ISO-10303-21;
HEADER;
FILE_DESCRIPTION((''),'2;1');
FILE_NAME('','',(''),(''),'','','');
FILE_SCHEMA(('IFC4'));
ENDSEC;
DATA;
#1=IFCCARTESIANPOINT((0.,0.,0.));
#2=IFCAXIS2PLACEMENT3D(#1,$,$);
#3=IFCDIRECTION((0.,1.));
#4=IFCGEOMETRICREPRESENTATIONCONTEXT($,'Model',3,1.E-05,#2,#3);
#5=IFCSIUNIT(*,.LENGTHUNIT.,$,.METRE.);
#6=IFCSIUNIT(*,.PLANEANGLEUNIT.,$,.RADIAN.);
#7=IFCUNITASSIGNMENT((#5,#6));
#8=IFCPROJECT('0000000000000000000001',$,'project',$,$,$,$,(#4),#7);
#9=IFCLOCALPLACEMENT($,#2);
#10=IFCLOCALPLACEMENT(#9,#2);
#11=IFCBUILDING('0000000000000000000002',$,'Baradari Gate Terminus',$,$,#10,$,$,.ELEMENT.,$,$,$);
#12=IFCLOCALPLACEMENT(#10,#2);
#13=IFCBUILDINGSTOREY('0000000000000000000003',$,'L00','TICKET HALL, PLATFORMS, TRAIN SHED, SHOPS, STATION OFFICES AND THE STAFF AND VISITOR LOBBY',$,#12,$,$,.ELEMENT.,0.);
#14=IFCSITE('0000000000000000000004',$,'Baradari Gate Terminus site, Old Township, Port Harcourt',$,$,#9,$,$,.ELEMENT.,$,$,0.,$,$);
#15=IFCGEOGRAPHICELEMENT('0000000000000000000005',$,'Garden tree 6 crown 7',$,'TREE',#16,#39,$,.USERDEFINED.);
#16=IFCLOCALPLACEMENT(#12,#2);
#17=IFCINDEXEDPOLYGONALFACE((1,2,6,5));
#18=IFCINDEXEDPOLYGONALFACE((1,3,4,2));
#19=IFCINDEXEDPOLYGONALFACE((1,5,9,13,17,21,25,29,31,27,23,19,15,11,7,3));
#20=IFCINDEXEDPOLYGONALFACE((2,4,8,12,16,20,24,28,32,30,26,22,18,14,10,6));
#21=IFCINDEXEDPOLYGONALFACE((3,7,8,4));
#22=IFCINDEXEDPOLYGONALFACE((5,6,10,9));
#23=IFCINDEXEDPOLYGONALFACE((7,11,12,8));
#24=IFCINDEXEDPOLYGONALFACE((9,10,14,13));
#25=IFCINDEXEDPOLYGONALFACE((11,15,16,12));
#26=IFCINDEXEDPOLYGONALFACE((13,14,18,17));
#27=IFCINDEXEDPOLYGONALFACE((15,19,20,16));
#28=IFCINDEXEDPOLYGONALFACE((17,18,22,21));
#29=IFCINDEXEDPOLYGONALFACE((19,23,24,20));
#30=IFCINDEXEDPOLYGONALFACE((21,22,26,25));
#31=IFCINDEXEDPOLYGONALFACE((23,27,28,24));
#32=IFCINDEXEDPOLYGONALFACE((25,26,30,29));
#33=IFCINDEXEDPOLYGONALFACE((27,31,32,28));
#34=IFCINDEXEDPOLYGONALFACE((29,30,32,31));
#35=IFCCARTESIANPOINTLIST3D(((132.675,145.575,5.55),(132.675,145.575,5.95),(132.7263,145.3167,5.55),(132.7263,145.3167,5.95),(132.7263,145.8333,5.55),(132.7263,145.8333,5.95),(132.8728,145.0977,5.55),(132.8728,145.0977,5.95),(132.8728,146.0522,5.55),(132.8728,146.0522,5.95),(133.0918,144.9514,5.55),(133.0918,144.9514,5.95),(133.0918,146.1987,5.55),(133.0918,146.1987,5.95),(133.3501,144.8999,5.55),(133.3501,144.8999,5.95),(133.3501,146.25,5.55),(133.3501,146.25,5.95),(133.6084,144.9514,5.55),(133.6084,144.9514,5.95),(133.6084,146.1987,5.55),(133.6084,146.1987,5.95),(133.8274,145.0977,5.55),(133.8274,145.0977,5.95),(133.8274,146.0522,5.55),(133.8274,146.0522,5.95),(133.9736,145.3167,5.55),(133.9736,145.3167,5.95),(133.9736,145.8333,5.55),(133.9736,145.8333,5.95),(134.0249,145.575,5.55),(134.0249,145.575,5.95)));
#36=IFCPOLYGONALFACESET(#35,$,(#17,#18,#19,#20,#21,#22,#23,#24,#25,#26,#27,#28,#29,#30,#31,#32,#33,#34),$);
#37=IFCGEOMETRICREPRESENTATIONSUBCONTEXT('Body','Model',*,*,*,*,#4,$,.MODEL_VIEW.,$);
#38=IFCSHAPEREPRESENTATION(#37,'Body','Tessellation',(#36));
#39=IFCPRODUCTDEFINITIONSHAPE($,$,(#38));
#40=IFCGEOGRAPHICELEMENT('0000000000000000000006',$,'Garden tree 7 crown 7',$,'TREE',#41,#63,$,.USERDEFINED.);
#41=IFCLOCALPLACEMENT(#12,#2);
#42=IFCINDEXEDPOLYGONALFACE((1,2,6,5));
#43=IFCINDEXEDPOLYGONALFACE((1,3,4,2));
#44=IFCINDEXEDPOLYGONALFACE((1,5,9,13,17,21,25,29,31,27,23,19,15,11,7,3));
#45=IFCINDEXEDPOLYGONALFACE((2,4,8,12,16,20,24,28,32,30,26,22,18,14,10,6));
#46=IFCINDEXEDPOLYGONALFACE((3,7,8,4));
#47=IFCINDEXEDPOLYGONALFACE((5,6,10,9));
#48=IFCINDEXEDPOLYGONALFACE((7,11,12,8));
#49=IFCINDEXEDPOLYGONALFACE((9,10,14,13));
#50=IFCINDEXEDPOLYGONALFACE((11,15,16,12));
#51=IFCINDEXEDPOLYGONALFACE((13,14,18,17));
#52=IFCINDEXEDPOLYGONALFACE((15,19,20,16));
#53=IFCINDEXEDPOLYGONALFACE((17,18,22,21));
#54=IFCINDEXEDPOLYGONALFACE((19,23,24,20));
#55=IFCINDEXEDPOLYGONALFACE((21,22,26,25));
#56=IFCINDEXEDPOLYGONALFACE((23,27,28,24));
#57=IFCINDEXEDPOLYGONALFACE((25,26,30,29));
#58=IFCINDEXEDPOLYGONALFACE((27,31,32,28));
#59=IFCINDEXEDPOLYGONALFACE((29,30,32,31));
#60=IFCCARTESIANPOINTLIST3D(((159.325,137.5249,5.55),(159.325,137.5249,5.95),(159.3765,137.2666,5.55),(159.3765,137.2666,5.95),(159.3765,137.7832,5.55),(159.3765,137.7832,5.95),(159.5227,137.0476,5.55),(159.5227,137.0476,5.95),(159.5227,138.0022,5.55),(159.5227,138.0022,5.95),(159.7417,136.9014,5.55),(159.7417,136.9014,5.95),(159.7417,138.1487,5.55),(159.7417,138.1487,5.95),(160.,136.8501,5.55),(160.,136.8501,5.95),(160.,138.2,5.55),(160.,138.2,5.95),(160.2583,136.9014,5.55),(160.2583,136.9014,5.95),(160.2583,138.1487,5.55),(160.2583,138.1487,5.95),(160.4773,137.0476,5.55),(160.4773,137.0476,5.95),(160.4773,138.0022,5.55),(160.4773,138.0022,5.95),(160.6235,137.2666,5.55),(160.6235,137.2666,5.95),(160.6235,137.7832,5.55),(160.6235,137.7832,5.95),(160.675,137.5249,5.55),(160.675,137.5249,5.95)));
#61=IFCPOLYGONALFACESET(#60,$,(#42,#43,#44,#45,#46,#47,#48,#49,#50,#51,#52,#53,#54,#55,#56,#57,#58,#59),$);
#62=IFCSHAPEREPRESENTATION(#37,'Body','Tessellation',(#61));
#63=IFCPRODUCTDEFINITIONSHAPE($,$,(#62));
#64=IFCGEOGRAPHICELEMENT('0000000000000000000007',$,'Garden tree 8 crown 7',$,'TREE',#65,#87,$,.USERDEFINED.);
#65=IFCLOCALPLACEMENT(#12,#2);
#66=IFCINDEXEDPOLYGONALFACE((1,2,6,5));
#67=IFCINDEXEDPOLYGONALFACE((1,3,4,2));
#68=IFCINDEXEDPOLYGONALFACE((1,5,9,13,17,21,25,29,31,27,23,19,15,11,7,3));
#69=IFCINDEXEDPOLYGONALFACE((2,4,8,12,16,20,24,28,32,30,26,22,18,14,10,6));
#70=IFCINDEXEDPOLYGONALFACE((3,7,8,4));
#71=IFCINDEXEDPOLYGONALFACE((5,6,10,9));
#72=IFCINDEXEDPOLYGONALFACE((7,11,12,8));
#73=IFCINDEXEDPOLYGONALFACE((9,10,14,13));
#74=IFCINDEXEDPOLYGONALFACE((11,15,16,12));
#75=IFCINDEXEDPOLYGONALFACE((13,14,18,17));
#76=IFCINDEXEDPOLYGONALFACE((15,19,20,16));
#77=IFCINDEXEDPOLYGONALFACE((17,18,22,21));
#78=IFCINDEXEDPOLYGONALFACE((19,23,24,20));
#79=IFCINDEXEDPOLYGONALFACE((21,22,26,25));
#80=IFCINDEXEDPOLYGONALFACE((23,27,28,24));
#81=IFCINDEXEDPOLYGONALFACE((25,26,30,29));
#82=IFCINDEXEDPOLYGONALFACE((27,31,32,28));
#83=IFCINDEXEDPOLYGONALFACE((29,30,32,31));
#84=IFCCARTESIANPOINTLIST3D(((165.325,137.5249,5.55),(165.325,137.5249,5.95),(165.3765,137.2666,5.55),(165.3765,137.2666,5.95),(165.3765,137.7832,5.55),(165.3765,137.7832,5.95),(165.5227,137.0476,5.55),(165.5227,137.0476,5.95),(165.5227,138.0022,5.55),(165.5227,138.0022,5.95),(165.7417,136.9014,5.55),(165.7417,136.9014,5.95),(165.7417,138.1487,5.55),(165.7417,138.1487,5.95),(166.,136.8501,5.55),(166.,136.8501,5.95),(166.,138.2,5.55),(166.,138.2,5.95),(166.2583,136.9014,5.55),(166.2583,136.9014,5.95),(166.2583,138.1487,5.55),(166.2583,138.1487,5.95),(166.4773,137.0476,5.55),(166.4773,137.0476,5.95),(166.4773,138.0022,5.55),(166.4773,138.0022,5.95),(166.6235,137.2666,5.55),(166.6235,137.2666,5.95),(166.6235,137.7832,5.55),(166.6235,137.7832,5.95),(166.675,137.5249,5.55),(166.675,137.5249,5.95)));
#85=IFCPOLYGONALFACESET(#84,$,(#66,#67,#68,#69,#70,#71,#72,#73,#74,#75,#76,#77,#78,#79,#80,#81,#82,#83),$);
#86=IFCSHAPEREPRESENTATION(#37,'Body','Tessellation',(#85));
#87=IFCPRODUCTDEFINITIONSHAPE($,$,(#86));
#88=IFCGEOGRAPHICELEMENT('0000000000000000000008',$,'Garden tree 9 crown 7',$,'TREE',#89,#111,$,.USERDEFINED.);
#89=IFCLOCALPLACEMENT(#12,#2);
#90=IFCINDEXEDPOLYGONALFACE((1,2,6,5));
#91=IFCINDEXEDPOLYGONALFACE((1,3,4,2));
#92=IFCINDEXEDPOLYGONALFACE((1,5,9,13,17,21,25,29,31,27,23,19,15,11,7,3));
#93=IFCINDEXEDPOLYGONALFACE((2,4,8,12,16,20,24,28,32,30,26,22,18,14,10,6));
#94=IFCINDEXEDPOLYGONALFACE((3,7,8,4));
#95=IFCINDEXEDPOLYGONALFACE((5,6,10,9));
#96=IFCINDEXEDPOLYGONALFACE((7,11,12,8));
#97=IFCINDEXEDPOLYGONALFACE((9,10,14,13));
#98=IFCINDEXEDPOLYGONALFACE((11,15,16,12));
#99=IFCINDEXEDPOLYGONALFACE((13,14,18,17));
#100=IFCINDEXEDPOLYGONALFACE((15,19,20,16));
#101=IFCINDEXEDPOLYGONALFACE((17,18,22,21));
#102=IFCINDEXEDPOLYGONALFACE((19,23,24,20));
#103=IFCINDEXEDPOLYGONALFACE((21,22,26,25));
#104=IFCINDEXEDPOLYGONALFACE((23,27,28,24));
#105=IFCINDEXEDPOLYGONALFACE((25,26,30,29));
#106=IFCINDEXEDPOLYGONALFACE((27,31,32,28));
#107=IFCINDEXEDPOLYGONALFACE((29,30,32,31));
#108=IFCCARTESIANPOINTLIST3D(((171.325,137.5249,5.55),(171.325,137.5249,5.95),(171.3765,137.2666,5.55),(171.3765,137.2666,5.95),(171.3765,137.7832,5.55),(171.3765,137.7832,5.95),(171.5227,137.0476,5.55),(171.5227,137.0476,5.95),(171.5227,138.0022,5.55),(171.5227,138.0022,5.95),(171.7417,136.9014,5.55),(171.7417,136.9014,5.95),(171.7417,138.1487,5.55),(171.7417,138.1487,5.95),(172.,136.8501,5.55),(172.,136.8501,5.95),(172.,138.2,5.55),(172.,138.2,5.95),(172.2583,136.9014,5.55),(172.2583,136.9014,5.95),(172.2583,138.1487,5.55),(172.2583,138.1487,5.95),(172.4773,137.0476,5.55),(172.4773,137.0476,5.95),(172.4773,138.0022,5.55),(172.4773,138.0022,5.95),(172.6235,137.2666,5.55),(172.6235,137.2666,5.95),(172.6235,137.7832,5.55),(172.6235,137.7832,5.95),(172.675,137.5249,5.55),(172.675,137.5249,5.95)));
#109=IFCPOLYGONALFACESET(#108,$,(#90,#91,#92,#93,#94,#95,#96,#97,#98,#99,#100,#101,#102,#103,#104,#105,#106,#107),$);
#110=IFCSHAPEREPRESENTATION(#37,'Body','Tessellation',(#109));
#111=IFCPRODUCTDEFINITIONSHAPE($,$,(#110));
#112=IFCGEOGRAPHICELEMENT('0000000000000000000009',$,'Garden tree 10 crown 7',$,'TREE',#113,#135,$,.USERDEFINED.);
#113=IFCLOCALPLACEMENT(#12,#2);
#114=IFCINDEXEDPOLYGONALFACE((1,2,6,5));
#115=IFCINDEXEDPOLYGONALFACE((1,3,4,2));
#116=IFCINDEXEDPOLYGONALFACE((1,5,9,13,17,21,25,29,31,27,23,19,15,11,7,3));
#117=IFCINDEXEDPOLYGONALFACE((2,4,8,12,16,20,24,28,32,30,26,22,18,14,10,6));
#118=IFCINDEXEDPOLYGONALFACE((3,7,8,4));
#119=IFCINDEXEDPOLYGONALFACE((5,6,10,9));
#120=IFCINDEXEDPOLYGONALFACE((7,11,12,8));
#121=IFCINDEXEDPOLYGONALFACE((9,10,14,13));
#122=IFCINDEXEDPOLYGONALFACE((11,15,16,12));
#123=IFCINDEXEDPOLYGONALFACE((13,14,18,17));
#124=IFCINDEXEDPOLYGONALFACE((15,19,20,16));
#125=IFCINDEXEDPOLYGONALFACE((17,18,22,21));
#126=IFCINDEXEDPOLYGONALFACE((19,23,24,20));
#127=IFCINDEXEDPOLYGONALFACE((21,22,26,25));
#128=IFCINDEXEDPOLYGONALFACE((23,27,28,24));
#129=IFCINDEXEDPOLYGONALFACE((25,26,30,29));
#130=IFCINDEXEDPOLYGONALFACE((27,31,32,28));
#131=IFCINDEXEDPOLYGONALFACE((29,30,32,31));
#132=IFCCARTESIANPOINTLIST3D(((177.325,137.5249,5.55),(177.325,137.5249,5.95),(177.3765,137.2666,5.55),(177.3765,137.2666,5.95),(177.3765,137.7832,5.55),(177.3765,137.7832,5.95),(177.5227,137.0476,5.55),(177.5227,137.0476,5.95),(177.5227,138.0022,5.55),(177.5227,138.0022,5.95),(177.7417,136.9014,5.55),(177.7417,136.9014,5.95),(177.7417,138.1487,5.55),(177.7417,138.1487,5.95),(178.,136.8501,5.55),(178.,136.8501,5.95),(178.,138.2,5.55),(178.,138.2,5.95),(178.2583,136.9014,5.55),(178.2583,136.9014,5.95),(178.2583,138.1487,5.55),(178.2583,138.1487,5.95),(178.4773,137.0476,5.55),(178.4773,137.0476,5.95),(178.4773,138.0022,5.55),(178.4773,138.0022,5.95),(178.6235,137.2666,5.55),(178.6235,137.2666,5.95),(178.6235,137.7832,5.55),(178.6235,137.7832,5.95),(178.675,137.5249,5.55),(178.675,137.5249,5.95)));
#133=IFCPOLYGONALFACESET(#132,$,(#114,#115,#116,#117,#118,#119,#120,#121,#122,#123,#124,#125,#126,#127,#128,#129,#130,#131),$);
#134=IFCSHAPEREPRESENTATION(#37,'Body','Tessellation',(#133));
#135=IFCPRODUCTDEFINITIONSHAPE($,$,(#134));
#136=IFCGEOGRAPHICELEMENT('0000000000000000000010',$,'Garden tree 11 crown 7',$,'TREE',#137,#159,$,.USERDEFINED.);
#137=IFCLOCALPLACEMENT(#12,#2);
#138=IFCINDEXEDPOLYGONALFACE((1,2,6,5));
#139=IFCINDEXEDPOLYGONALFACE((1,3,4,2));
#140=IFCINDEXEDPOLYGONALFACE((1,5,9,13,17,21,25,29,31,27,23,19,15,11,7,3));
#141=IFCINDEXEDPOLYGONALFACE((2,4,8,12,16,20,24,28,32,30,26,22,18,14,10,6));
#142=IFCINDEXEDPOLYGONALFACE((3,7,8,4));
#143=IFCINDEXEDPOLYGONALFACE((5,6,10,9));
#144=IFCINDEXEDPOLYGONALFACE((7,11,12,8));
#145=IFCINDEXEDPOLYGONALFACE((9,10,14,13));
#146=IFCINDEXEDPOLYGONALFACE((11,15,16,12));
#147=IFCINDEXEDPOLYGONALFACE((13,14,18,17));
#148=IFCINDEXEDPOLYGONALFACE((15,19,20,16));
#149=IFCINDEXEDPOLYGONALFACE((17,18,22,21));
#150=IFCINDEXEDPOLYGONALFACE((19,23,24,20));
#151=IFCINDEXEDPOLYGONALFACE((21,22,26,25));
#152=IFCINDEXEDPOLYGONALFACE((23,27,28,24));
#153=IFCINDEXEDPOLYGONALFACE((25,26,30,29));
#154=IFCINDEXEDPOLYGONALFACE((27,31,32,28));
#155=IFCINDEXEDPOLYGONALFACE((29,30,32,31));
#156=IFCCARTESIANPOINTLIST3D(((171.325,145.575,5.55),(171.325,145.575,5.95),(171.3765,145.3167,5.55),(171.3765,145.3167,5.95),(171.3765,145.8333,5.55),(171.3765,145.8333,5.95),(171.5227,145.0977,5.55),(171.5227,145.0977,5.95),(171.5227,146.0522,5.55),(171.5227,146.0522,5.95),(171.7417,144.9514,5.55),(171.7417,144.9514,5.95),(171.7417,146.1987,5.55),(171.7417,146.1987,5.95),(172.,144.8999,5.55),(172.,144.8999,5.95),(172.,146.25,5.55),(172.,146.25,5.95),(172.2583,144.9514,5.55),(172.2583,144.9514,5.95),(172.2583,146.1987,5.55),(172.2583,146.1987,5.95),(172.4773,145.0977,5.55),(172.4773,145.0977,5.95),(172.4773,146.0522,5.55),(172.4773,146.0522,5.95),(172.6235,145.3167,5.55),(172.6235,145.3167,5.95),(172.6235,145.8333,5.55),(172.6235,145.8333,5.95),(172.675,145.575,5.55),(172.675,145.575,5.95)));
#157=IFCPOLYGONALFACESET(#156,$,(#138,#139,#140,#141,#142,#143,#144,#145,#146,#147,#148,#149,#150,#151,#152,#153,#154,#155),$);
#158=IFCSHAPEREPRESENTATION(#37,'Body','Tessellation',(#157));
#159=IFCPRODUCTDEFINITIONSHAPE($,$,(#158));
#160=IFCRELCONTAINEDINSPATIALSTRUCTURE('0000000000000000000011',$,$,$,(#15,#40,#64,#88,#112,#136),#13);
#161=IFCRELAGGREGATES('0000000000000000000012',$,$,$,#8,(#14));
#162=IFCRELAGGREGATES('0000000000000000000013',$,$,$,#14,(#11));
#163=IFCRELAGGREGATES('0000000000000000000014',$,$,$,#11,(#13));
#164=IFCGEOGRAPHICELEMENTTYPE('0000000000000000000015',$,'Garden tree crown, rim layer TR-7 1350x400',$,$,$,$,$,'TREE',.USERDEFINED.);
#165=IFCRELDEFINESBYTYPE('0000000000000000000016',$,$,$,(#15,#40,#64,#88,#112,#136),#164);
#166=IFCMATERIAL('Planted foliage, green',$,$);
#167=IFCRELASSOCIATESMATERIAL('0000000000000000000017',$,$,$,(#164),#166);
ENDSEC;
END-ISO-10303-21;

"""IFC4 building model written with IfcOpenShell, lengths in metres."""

from ifc_helpers import new_model, si_unit, direction, frame, origin, place, context, subcontext, project, spatial, polyline, outline, extrude, material, type_object, element, save


model = new_model("IFC4")

# Units and contexts
model_context = context("Model", 3, precision=1e-05, world=origin(), true_north=direction((0.0, 1.0)))
body_context = subcontext(model_context, "Body", "Model", "MODEL_VIEW")
ifc_project = project(units=[si_unit("LENGTHUNIT", "METRE"), si_unit("PLANEANGLEUNIT", "RADIAN")], contexts=[model_context])

# Site, building, storey
site_placement = place(None, origin())
site = spatial("IfcSite", under=ifc_project, at=site_placement, Name="Baradari Gate Terminus site, Old Township, Port Harcourt", CompositionType="ELEMENT", RefElevation=0.0)
building_placement = place(site_placement, origin())
building = spatial("IfcBuilding", under=site, at=building_placement, Name="Baradari Gate Terminus", CompositionType="ELEMENT")
storey_placement = place(building_placement, origin())
storey = spatial("IfcBuildingStorey", under=building, at=storey_placement, Name="L00", Description="TICKET HALL, PLATFORMS, TRAIN SHED, SHOPS, STATION OFFICES AND THE STAFF AND VISITOR LOBBY", CompositionType="ELEMENT", Elevation=0.0)

# Geographic elements
ifc_material_1 = material(Name="Planted foliage, green")
geographic_element_type_1 = type_object("IfcGeographicElementType", Name="Garden tree crown, rim layer TR-7 1350x400", ElementType="TREE", PredefinedType="USERDEFINED", material=ifc_material_1)
geographic_element_1_placement = place(storey_placement, frame((0.0, 0.0, 5.55)))
element("IfcGeographicElement", 1, at=geographic_element_1_placement, inside=storey, type_object=geographic_element_type_1, Name="Garden tree 6 crown 7", ObjectType="TREE", PredefinedType="USERDEFINED", context=body_context, shape_type="SweptSolid", body=[
    extrude(outline(polyline([(134.0249, 145.575), (133.9736, 145.8333), (133.8274, 146.0522), (133.6084, 146.1987), (133.3501, 146.25), (133.0918, 146.1987), (132.8728, 146.0522), (132.7263, 145.8333), (132.675, 145.575), (132.7263, 145.3167), (132.8728, 145.0977), (133.0918, 144.9514), (133.3501, 144.8999), (133.6084, 144.9514), (133.8274, 145.0977), (133.9736, 145.3167), (134.0249, 145.575)])), origin(), (0.0, 0.0, 1.0), 0.3999),
])
geographic_element_2_placement = place(storey_placement, frame((0.0, 0.0, 5.55)))
element("IfcGeographicElement", 2, at=geographic_element_2_placement, inside=storey, type_object=geographic_element_type_1, Name="Garden tree 7 crown 7", ObjectType="TREE", PredefinedType="USERDEFINED", context=body_context, shape_type="SweptSolid", body=[
    extrude(outline(polyline([(160.675, 137.5249), (160.6235, 137.7832), (160.4773, 138.0022), (160.2583, 138.1487), (160.0, 138.2), (159.7417, 138.1487), (159.5227, 138.0022), (159.3765, 137.7832), (159.325, 137.5249), (159.3765, 137.2666), (159.5227, 137.0476), (159.7417, 136.9014), (160.0, 136.8501), (160.2583, 136.9014), (160.4773, 137.0476), (160.6235, 137.2666), (160.675, 137.5249)])), origin(), (0.0, 0.0, 1.0), 0.3999),
])
geographic_element_3_placement = place(storey_placement, frame((0.0, 0.0, 5.55)))
element("IfcGeographicElement", 3, at=geographic_element_3_placement, inside=storey, type_object=geographic_element_type_1, Name="Garden tree 8 crown 7", ObjectType="TREE", PredefinedType="USERDEFINED", context=body_context, shape_type="SweptSolid", body=[
    extrude(outline(polyline([(166.675, 137.5249), (166.6235, 137.7832), (166.4773, 138.0022), (166.2583, 138.1487), (166.0, 138.2), (165.7417, 138.1487), (165.5227, 138.0022), (165.3765, 137.7832), (165.325, 137.5249), (165.3765, 137.2666), (165.5227, 137.0476), (165.7417, 136.9014), (166.0, 136.8501), (166.2583, 136.9014), (166.4773, 137.0476), (166.6235, 137.2666), (166.675, 137.5249)])), origin(), (0.0, 0.0, 1.0), 0.3999),
])
geographic_element_4_placement = place(storey_placement, frame((0.0, 0.0, 5.55)))
element("IfcGeographicElement", 4, at=geographic_element_4_placement, inside=storey, type_object=geographic_element_type_1, Name="Garden tree 9 crown 7", ObjectType="TREE", PredefinedType="USERDEFINED", context=body_context, shape_type="SweptSolid", body=[
    extrude(outline(polyline([(172.675, 137.5249), (172.6235, 137.7832), (172.4773, 138.0022), (172.2583, 138.1487), (172.0, 138.2), (171.7417, 138.1487), (171.5227, 138.0022), (171.3765, 137.7832), (171.325, 137.5249), (171.3765, 137.2666), (171.5227, 137.0476), (171.7417, 136.9014), (172.0, 136.8501), (172.2583, 136.9014), (172.4773, 137.0476), (172.6235, 137.2666), (172.675, 137.5249)])), origin(), (0.0, 0.0, 1.0), 0.3999),
])
geographic_element_5_placement = place(storey_placement, frame((0.0, 0.0, 5.55)))
element("IfcGeographicElement", 5, at=geographic_element_5_placement, inside=storey, type_object=geographic_element_type_1, Name="Garden tree 10 crown 7", ObjectType="TREE", PredefinedType="USERDEFINED", context=body_context, shape_type="SweptSolid", body=[
    extrude(outline(polyline([(178.675, 137.5249), (178.6235, 137.7832), (178.4773, 138.0022), (178.2583, 138.1487), (178.0, 138.2), (177.7417, 138.1487), (177.5227, 138.0022), (177.3765, 137.7832), (177.325, 137.5249), (177.3765, 137.2666), (177.5227, 137.0476), (177.7417, 136.9014), (178.0, 136.8501), (178.2583, 136.9014), (178.4773, 137.0476), (178.6235, 137.2666), (178.675, 137.5249)])), origin(), (0.0, 0.0, 1.0), 0.3999),
])
geographic_element_6_placement = place(storey_placement, frame((0.0, 0.0, 5.55)))
element("IfcGeographicElement", 6, at=geographic_element_6_placement, inside=storey, type_object=geographic_element_type_1, Name="Garden tree 11 crown 7", ObjectType="TREE", PredefinedType="USERDEFINED", context=body_context, shape_type="SweptSolid", body=[
    extrude(outline(polyline([(172.675, 145.575), (172.6235, 145.8333), (172.4773, 146.0522), (172.2583, 146.1987), (172.0, 146.25), (171.7417, 146.1987), (171.5227, 146.0522), (171.3765, 145.8333), (171.325, 145.575), (171.3765, 145.3167), (171.5227, 145.0977), (171.7417, 144.9514), (172.0, 144.8999), (172.2583, 144.9514), (172.4773, 145.0977), (172.6235, 145.3167), (172.675, 145.575)])), origin(), (0.0, 0.0, 1.0), 0.3999),
])

save(model, "model.ifc")
